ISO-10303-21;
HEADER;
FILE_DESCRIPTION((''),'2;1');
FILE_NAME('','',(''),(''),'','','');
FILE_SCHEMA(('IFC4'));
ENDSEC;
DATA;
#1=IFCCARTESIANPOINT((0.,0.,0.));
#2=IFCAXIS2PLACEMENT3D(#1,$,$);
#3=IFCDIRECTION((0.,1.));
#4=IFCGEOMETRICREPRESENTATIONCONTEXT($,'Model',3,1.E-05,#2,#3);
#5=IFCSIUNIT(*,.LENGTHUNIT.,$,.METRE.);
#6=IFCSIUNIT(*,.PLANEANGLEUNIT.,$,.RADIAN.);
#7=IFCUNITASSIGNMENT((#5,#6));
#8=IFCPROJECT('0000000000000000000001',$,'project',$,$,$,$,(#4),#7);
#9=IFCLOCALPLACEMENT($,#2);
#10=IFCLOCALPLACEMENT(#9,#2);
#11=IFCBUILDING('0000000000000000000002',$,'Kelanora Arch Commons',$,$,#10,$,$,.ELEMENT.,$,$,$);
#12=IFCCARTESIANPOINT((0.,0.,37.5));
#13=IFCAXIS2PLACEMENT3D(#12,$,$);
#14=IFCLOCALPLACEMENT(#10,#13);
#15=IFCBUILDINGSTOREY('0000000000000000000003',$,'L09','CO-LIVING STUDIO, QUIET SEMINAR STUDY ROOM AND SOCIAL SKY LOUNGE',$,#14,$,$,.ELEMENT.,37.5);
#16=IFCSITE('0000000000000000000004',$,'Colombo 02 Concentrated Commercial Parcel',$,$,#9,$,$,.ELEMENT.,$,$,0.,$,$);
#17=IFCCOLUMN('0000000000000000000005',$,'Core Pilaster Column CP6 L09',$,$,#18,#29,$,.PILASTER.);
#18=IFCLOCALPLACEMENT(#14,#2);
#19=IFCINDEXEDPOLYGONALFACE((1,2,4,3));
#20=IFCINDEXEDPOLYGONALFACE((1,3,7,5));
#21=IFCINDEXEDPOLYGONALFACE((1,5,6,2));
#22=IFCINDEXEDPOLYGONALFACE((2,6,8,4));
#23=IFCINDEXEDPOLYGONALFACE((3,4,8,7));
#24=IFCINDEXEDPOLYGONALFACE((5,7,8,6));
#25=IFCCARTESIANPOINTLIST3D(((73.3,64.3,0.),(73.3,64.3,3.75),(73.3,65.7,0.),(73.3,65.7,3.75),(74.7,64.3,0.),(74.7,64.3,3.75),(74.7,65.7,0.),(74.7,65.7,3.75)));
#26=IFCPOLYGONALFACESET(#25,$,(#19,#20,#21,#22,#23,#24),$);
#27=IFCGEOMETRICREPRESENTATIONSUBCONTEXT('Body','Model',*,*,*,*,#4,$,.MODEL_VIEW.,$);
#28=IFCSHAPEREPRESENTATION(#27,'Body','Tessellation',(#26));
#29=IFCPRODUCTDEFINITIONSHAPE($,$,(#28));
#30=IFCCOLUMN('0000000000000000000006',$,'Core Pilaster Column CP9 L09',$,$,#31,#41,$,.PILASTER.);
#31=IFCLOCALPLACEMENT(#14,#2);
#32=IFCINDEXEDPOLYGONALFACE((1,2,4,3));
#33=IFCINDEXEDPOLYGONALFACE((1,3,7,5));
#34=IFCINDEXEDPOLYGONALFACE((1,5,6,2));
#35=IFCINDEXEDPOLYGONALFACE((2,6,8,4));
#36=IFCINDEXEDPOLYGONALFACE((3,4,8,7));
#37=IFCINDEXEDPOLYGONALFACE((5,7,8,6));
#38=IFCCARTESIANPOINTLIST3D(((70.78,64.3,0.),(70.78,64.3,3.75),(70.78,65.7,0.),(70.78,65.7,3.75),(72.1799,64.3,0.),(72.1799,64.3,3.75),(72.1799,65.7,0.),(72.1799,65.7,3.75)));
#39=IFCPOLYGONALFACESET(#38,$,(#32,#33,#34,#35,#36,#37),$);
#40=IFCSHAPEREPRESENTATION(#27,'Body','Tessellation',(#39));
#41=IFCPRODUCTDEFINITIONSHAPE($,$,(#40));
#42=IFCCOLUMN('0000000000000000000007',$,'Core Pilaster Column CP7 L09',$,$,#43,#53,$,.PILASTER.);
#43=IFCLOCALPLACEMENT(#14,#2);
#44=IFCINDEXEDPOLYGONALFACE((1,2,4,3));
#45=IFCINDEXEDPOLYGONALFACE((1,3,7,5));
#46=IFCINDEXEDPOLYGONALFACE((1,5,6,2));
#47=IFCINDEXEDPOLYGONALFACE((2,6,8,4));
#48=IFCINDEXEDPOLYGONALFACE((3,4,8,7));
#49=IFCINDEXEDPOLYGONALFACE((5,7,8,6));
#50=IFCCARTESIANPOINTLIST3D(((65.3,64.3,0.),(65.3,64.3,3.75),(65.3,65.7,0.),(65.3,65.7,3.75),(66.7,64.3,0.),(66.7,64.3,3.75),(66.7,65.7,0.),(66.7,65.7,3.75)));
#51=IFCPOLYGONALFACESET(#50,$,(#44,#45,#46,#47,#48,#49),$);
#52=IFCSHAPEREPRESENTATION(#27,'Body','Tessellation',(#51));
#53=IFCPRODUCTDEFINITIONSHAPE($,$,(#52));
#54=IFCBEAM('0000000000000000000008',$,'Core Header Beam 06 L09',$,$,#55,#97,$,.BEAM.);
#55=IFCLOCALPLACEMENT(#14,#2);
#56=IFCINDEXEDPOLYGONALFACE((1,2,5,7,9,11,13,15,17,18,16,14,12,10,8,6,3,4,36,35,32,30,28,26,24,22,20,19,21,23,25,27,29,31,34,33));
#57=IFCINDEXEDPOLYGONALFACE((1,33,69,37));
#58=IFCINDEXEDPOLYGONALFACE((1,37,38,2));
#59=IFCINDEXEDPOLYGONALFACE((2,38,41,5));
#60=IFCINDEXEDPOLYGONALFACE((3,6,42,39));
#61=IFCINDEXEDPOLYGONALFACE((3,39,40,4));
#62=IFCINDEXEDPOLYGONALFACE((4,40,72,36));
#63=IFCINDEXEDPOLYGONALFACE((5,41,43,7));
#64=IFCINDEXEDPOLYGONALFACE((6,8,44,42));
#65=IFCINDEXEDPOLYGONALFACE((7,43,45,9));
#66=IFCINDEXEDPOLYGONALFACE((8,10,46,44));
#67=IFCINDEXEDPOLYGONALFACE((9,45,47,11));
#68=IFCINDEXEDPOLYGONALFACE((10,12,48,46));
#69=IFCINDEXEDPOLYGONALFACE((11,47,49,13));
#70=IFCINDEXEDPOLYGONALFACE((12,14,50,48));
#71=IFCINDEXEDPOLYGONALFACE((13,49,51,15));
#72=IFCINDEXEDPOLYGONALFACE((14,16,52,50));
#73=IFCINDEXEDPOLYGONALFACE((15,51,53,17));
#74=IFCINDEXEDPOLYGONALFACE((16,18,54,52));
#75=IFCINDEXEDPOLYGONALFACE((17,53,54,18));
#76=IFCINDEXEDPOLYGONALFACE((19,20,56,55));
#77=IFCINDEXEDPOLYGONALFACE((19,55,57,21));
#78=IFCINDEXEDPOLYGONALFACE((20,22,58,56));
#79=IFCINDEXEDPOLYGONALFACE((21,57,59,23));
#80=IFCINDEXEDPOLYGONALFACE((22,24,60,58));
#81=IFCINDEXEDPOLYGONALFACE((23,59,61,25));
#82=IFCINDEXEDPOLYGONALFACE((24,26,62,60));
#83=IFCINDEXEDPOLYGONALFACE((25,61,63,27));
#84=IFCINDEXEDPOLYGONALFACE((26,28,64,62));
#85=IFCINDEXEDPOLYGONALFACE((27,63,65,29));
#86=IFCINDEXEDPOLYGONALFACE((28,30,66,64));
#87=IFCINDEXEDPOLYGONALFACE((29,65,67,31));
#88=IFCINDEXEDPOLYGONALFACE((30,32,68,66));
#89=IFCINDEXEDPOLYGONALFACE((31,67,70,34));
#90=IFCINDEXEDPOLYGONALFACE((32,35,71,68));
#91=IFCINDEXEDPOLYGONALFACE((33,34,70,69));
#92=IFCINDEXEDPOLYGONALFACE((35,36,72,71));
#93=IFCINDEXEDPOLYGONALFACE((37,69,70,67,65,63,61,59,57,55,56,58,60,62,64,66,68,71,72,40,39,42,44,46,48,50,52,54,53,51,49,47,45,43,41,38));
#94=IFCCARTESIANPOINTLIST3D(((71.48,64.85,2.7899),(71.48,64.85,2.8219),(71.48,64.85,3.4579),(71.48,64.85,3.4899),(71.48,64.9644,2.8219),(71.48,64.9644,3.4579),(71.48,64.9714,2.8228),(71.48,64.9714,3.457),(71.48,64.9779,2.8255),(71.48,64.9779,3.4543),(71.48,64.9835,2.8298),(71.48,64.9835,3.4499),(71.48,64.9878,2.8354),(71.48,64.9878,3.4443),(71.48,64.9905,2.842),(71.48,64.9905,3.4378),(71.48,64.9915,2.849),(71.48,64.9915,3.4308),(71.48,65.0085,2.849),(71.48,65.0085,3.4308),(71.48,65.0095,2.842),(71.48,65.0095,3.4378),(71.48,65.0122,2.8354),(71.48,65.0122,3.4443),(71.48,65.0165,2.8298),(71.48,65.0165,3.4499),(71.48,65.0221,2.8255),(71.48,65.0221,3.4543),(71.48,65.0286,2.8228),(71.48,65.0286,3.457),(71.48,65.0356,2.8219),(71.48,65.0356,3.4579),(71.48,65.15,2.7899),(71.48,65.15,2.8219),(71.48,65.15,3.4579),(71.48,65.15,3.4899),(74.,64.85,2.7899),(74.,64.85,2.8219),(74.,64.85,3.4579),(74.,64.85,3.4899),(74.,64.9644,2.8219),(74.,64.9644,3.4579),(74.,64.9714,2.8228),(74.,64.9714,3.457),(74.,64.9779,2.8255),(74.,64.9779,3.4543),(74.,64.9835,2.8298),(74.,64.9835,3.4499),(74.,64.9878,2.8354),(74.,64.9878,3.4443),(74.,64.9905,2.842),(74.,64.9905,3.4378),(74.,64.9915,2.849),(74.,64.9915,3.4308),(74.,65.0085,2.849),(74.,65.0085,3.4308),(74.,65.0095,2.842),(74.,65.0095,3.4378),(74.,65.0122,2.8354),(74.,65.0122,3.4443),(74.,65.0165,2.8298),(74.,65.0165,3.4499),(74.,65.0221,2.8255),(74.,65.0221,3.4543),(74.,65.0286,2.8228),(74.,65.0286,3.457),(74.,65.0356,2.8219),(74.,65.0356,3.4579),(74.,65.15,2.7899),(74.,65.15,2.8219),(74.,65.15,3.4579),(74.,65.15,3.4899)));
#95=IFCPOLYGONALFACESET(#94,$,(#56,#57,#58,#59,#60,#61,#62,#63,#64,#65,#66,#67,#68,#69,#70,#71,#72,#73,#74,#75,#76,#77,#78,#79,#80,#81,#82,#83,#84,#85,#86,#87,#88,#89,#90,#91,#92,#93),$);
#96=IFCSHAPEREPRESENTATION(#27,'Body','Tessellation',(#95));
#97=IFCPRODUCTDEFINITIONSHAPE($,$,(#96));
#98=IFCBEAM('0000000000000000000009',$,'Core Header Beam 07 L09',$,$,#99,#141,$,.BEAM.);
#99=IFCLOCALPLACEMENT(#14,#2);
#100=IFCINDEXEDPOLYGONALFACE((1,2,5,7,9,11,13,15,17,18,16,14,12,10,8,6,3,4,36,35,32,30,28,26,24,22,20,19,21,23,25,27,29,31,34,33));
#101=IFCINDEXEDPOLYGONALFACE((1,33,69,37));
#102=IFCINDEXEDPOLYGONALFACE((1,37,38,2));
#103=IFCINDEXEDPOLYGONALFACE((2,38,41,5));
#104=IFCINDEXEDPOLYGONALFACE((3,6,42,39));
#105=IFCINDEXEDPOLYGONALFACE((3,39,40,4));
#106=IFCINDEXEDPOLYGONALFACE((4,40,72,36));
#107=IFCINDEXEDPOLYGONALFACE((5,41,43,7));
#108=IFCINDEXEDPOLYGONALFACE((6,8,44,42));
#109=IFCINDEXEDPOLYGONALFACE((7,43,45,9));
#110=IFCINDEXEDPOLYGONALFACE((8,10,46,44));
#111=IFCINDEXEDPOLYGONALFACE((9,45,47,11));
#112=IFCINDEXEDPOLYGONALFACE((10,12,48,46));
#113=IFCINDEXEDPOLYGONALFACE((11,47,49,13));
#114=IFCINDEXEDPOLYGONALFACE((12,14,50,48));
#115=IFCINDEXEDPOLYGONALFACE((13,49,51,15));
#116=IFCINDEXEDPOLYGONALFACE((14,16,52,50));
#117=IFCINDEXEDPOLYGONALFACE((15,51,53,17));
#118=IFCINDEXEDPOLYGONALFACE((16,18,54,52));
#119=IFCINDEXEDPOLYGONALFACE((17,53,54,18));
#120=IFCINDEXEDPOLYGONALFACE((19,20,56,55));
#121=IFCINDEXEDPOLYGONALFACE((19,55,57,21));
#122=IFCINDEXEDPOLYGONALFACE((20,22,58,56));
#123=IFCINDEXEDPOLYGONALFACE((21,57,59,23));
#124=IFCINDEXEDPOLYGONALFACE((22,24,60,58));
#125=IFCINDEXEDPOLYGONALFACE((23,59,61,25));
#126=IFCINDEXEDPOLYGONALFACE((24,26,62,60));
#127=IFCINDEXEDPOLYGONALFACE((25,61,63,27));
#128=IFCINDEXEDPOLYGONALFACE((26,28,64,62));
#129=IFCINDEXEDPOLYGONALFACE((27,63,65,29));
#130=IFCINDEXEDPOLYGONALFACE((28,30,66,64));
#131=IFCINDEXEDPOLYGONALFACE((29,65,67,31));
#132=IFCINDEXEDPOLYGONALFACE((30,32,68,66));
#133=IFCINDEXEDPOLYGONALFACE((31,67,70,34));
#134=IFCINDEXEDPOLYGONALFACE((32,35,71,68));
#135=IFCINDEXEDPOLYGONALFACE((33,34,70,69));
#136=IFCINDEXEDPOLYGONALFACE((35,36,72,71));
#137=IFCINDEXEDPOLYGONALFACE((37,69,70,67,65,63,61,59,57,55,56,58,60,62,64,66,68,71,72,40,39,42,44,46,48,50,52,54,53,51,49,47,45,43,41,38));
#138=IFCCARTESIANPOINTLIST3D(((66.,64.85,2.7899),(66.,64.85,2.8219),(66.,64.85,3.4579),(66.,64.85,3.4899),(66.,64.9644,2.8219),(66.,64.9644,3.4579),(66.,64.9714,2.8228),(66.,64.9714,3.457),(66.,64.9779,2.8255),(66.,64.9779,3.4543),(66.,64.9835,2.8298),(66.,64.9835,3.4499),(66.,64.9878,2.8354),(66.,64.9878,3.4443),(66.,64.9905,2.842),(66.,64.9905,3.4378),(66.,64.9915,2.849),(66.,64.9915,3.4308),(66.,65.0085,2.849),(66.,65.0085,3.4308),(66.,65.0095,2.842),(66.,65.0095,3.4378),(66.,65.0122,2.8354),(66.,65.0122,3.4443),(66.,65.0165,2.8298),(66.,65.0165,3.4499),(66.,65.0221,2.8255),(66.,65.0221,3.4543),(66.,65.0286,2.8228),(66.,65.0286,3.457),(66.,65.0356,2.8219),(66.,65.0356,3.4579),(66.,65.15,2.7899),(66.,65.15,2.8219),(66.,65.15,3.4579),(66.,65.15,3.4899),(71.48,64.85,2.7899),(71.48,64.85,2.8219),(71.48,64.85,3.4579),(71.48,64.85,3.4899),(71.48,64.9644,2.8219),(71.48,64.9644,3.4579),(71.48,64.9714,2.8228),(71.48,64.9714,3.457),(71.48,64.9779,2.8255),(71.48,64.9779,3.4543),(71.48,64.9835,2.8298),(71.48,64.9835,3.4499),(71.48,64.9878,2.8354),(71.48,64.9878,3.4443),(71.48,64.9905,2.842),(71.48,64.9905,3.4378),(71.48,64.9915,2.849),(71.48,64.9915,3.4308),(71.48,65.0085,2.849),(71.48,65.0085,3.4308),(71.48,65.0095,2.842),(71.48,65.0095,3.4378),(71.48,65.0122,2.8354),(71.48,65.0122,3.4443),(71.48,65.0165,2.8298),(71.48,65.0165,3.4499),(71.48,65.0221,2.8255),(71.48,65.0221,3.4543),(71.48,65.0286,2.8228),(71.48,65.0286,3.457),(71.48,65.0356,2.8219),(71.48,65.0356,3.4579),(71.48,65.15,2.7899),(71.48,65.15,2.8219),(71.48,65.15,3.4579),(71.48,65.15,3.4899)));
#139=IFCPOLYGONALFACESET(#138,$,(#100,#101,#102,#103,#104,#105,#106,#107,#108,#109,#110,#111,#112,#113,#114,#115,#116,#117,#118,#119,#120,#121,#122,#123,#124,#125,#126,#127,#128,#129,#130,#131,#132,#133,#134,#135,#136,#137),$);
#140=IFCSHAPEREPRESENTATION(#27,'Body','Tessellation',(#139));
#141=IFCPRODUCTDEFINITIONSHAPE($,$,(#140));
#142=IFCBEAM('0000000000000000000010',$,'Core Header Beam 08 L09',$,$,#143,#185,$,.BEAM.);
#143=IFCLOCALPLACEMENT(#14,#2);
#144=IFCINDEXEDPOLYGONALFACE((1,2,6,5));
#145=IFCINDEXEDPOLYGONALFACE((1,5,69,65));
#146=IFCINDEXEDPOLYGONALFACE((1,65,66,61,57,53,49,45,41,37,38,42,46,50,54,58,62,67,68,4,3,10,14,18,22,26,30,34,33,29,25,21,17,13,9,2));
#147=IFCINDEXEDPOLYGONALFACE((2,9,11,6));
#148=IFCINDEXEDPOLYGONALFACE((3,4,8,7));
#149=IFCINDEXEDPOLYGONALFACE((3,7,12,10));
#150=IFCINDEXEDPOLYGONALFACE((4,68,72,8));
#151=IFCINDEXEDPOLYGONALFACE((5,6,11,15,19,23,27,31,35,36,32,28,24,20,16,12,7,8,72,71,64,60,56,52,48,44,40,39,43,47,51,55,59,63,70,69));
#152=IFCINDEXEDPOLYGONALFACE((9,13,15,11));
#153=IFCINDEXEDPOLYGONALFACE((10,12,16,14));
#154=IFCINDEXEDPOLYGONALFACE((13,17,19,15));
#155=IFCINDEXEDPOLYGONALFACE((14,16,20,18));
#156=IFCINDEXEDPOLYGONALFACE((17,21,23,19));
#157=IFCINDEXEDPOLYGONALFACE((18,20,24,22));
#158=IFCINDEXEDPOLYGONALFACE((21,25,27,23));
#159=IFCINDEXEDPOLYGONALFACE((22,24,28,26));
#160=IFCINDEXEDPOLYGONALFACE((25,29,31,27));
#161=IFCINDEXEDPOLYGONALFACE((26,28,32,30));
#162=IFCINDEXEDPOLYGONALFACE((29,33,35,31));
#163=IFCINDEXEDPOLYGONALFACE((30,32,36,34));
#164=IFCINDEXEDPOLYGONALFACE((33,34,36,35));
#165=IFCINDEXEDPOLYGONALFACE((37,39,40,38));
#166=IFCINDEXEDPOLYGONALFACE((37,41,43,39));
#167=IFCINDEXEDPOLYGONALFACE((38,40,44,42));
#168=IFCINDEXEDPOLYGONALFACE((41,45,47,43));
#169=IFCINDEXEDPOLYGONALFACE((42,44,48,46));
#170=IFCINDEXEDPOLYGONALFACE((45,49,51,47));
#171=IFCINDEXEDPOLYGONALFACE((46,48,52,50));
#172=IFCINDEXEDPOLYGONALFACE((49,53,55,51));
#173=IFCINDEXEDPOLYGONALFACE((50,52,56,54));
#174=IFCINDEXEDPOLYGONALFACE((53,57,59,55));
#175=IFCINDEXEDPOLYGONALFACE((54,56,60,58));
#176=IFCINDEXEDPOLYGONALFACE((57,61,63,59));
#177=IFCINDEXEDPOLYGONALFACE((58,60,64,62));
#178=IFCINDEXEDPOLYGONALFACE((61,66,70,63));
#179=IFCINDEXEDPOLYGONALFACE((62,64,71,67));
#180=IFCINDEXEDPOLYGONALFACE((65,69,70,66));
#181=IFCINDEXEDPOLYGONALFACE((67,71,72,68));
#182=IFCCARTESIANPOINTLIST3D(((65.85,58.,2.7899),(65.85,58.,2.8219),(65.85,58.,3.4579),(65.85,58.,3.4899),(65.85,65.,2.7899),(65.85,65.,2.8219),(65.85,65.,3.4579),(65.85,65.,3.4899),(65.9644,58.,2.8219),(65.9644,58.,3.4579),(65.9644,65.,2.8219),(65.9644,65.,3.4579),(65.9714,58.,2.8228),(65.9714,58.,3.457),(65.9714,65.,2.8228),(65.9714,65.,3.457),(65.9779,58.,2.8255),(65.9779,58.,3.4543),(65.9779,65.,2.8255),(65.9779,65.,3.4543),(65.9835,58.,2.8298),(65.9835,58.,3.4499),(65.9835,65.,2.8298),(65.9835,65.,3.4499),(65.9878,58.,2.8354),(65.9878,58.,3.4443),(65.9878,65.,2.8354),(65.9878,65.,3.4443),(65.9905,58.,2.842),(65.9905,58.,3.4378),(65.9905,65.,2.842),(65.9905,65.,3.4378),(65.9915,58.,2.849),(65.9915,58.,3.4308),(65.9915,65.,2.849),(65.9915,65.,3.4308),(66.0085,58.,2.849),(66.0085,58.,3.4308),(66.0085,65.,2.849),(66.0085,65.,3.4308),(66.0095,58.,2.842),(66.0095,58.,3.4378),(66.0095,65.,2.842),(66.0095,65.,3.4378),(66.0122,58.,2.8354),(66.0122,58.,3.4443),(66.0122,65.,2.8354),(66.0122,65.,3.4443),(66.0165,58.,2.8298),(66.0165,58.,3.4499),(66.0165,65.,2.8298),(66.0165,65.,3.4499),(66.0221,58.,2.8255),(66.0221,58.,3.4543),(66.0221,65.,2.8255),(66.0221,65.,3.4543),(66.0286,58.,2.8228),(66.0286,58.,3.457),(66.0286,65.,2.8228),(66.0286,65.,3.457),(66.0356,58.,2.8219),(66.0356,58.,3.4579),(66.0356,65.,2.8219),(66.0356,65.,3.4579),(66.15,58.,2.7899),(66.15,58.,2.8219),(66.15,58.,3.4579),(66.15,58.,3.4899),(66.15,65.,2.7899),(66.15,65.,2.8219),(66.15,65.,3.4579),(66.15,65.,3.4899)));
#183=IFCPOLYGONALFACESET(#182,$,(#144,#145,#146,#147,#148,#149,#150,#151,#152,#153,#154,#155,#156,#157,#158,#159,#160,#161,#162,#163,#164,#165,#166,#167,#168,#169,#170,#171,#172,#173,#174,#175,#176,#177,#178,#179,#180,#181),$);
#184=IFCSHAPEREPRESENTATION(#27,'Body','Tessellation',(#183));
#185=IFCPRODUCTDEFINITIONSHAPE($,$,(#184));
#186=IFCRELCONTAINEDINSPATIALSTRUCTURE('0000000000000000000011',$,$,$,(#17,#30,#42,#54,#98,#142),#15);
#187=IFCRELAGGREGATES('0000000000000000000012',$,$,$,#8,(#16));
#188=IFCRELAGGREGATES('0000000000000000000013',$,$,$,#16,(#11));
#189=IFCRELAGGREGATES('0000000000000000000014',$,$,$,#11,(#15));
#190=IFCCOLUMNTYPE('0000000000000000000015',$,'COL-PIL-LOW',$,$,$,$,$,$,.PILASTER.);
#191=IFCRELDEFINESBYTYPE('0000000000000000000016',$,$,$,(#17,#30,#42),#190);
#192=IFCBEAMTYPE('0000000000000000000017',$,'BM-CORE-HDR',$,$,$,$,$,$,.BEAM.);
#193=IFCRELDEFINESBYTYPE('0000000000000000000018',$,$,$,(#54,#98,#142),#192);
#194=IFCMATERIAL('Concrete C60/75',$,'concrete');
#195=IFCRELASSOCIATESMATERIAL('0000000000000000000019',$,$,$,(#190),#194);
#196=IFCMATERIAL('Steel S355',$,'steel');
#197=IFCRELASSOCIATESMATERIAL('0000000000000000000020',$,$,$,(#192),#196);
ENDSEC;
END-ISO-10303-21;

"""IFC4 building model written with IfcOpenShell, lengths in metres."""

from ifc_helpers import new_model, si_unit, direction, frame, origin, origin_2d, place, context, subcontext, project, spatial, rectangle, i_section, extrude, material, material_profile, profile_set, type_object, element, save


model = new_model("IFC4")

# Units and contexts
model_context = context("Model", 3, precision=1e-05, world=origin(), true_north=direction((0.0, 1.0)))
body_context = subcontext(model_context, "Body", "Model", "MODEL_VIEW")
ifc_project = project(units=[si_unit("LENGTHUNIT", "METRE"), si_unit("PLANEANGLEUNIT", "RADIAN")], contexts=[model_context])

# Site, building, storey
site_placement = place(None, origin())
site = spatial("IfcSite", under=ifc_project, at=site_placement, Name="Colombo 02 Concentrated Commercial Parcel", CompositionType="ELEMENT", RefElevation=0.0)
building_placement = place(site_placement, origin())
building = spatial("IfcBuilding", under=site, at=building_placement, Name="Kelanora Arch Commons", CompositionType="ELEMENT")
storey_placement = place(building_placement, frame((0.0, 0.0, 37.5)))
storey = spatial("IfcBuildingStorey", under=building, at=storey_placement, Name="L09", Description="CO-LIVING STUDIO, QUIET SEMINAR STUDY ROOM AND SOCIAL SKY LOUNGE", CompositionType="ELEMENT", Elevation=37.5)

# Columns
ifc_material_1 = material(Name="Concrete C60/75", Category="concrete")
ifc_material_profile_1 = material_profile(ifc_material_1, rectangle(XDim=1.3999, YDim=1.3999, at=origin_2d()), Name="RC1400x1400")
ifc_profile_set_1 = profile_set([ifc_material_profile_1], Name="Concrete C60/75")
column_type = type_object("IfcColumnType", Name="COL-PIL-LOW", PredefinedType="PILASTER", material=ifc_profile_set_1)
for number, where, z_axis, x_axis, name in (
    (1, (74.0, 65.0, 0.0), (0.0, 0.0, 1.0), (1.0, 0.0, 0.0), "Core Pilaster Column CP6 L09"),
    (2, (71.48, 65.0, 0.0), (0.0, 0.0, 1.0), (1.0, 0.0, 0.0), "Core Pilaster Column CP9 L09"),
    (3, (66.0, 65.0, 0.0), (0.0, 0.0, 1.0), (1.0, 0.0, 0.0), "Core Pilaster Column CP7 L09"),
):
    element("IfcColumn", number, at=place(storey_placement, frame(where, z_axis=z_axis, x_axis=x_axis)), inside=storey, type_object=column_type, Name=name, PredefinedType="PILASTER", context=body_context, shape_type="SweptSolid", body=[
        extrude(rectangle(XDim=1.3999, YDim=1.3999, at=origin_2d()), origin(), (0.0, 0.0, 1.0), 3.75),
    ])

# Beams
ifc_material_2 = material(Name="Steel S355", Category="steel")
ifc_material_profile_2 = material_profile(ifc_material_2, i_section(OverallWidth=0.3, OverallDepth=0.7, WebThickness=0.0171, FlangeThickness=0.032, FilletRadius=0.0271, at=origin_2d()), Name="HEB700")
ifc_profile_set_2 = profile_set([ifc_material_profile_2], Name="Steel S355")
beam_type_1 = type_object("IfcBeamType", Name="BM-CORE-HDR", PredefinedType="BEAM", material=ifc_profile_set_2)
beam_1_placement = place(storey_placement, frame((74.0, 65.0, 3.1399), z_axis=(-1.0, 0.0, 0.0), x_axis=(0.0, -1.0, 0.0)))
element("IfcBeam", 4, at=beam_1_placement, inside=storey, type_object=beam_type_1, Name="Core Header Beam 06 L09", PredefinedType="BEAM", context=body_context, shape_type="SweptSolid", body=[
    extrude(i_section(OverallWidth=0.3, OverallDepth=0.7, WebThickness=0.0171, FlangeThickness=0.032, FilletRadius=0.0271, at=origin_2d()), origin(), (0.0, 0.0, 1.0), 2.52),
])
beam_2_placement = place(storey_placement, frame((71.48, 65.0, 3.1399), z_axis=(-1.0, 0.0, 0.0), x_axis=(0.0, -1.0, 0.0)))
element("IfcBeam", 5, at=beam_2_placement, inside=storey, type_object=beam_type_1, Name="Core Header Beam 07 L09", PredefinedType="BEAM", context=body_context, shape_type="SweptSolid", body=[
    extrude(i_section(OverallWidth=0.3, OverallDepth=0.7, WebThickness=0.0171, FlangeThickness=0.032, FilletRadius=0.0271, at=origin_2d()), origin(), (0.0, 0.0, 1.0), 5.48),
])
beam_3_placement = place(storey_placement, frame((66.0, 65.0, 3.1399), z_axis=(0.0, -1.0, 0.0), x_axis=(1.0, 0.0, 0.0)))
element("IfcBeam", 6, at=beam_3_placement, inside=storey, type_object=beam_type_1, Name="Core Header Beam 08 L09", PredefinedType="BEAM", context=body_context, shape_type="SweptSolid", body=[
    extrude(i_section(OverallWidth=0.3, OverallDepth=0.7, WebThickness=0.0171, FlangeThickness=0.032, FilletRadius=0.0271, at=origin_2d()), origin(), (0.0, 0.0, 1.0), 7.0),
])

save(model, "model.ifc")
